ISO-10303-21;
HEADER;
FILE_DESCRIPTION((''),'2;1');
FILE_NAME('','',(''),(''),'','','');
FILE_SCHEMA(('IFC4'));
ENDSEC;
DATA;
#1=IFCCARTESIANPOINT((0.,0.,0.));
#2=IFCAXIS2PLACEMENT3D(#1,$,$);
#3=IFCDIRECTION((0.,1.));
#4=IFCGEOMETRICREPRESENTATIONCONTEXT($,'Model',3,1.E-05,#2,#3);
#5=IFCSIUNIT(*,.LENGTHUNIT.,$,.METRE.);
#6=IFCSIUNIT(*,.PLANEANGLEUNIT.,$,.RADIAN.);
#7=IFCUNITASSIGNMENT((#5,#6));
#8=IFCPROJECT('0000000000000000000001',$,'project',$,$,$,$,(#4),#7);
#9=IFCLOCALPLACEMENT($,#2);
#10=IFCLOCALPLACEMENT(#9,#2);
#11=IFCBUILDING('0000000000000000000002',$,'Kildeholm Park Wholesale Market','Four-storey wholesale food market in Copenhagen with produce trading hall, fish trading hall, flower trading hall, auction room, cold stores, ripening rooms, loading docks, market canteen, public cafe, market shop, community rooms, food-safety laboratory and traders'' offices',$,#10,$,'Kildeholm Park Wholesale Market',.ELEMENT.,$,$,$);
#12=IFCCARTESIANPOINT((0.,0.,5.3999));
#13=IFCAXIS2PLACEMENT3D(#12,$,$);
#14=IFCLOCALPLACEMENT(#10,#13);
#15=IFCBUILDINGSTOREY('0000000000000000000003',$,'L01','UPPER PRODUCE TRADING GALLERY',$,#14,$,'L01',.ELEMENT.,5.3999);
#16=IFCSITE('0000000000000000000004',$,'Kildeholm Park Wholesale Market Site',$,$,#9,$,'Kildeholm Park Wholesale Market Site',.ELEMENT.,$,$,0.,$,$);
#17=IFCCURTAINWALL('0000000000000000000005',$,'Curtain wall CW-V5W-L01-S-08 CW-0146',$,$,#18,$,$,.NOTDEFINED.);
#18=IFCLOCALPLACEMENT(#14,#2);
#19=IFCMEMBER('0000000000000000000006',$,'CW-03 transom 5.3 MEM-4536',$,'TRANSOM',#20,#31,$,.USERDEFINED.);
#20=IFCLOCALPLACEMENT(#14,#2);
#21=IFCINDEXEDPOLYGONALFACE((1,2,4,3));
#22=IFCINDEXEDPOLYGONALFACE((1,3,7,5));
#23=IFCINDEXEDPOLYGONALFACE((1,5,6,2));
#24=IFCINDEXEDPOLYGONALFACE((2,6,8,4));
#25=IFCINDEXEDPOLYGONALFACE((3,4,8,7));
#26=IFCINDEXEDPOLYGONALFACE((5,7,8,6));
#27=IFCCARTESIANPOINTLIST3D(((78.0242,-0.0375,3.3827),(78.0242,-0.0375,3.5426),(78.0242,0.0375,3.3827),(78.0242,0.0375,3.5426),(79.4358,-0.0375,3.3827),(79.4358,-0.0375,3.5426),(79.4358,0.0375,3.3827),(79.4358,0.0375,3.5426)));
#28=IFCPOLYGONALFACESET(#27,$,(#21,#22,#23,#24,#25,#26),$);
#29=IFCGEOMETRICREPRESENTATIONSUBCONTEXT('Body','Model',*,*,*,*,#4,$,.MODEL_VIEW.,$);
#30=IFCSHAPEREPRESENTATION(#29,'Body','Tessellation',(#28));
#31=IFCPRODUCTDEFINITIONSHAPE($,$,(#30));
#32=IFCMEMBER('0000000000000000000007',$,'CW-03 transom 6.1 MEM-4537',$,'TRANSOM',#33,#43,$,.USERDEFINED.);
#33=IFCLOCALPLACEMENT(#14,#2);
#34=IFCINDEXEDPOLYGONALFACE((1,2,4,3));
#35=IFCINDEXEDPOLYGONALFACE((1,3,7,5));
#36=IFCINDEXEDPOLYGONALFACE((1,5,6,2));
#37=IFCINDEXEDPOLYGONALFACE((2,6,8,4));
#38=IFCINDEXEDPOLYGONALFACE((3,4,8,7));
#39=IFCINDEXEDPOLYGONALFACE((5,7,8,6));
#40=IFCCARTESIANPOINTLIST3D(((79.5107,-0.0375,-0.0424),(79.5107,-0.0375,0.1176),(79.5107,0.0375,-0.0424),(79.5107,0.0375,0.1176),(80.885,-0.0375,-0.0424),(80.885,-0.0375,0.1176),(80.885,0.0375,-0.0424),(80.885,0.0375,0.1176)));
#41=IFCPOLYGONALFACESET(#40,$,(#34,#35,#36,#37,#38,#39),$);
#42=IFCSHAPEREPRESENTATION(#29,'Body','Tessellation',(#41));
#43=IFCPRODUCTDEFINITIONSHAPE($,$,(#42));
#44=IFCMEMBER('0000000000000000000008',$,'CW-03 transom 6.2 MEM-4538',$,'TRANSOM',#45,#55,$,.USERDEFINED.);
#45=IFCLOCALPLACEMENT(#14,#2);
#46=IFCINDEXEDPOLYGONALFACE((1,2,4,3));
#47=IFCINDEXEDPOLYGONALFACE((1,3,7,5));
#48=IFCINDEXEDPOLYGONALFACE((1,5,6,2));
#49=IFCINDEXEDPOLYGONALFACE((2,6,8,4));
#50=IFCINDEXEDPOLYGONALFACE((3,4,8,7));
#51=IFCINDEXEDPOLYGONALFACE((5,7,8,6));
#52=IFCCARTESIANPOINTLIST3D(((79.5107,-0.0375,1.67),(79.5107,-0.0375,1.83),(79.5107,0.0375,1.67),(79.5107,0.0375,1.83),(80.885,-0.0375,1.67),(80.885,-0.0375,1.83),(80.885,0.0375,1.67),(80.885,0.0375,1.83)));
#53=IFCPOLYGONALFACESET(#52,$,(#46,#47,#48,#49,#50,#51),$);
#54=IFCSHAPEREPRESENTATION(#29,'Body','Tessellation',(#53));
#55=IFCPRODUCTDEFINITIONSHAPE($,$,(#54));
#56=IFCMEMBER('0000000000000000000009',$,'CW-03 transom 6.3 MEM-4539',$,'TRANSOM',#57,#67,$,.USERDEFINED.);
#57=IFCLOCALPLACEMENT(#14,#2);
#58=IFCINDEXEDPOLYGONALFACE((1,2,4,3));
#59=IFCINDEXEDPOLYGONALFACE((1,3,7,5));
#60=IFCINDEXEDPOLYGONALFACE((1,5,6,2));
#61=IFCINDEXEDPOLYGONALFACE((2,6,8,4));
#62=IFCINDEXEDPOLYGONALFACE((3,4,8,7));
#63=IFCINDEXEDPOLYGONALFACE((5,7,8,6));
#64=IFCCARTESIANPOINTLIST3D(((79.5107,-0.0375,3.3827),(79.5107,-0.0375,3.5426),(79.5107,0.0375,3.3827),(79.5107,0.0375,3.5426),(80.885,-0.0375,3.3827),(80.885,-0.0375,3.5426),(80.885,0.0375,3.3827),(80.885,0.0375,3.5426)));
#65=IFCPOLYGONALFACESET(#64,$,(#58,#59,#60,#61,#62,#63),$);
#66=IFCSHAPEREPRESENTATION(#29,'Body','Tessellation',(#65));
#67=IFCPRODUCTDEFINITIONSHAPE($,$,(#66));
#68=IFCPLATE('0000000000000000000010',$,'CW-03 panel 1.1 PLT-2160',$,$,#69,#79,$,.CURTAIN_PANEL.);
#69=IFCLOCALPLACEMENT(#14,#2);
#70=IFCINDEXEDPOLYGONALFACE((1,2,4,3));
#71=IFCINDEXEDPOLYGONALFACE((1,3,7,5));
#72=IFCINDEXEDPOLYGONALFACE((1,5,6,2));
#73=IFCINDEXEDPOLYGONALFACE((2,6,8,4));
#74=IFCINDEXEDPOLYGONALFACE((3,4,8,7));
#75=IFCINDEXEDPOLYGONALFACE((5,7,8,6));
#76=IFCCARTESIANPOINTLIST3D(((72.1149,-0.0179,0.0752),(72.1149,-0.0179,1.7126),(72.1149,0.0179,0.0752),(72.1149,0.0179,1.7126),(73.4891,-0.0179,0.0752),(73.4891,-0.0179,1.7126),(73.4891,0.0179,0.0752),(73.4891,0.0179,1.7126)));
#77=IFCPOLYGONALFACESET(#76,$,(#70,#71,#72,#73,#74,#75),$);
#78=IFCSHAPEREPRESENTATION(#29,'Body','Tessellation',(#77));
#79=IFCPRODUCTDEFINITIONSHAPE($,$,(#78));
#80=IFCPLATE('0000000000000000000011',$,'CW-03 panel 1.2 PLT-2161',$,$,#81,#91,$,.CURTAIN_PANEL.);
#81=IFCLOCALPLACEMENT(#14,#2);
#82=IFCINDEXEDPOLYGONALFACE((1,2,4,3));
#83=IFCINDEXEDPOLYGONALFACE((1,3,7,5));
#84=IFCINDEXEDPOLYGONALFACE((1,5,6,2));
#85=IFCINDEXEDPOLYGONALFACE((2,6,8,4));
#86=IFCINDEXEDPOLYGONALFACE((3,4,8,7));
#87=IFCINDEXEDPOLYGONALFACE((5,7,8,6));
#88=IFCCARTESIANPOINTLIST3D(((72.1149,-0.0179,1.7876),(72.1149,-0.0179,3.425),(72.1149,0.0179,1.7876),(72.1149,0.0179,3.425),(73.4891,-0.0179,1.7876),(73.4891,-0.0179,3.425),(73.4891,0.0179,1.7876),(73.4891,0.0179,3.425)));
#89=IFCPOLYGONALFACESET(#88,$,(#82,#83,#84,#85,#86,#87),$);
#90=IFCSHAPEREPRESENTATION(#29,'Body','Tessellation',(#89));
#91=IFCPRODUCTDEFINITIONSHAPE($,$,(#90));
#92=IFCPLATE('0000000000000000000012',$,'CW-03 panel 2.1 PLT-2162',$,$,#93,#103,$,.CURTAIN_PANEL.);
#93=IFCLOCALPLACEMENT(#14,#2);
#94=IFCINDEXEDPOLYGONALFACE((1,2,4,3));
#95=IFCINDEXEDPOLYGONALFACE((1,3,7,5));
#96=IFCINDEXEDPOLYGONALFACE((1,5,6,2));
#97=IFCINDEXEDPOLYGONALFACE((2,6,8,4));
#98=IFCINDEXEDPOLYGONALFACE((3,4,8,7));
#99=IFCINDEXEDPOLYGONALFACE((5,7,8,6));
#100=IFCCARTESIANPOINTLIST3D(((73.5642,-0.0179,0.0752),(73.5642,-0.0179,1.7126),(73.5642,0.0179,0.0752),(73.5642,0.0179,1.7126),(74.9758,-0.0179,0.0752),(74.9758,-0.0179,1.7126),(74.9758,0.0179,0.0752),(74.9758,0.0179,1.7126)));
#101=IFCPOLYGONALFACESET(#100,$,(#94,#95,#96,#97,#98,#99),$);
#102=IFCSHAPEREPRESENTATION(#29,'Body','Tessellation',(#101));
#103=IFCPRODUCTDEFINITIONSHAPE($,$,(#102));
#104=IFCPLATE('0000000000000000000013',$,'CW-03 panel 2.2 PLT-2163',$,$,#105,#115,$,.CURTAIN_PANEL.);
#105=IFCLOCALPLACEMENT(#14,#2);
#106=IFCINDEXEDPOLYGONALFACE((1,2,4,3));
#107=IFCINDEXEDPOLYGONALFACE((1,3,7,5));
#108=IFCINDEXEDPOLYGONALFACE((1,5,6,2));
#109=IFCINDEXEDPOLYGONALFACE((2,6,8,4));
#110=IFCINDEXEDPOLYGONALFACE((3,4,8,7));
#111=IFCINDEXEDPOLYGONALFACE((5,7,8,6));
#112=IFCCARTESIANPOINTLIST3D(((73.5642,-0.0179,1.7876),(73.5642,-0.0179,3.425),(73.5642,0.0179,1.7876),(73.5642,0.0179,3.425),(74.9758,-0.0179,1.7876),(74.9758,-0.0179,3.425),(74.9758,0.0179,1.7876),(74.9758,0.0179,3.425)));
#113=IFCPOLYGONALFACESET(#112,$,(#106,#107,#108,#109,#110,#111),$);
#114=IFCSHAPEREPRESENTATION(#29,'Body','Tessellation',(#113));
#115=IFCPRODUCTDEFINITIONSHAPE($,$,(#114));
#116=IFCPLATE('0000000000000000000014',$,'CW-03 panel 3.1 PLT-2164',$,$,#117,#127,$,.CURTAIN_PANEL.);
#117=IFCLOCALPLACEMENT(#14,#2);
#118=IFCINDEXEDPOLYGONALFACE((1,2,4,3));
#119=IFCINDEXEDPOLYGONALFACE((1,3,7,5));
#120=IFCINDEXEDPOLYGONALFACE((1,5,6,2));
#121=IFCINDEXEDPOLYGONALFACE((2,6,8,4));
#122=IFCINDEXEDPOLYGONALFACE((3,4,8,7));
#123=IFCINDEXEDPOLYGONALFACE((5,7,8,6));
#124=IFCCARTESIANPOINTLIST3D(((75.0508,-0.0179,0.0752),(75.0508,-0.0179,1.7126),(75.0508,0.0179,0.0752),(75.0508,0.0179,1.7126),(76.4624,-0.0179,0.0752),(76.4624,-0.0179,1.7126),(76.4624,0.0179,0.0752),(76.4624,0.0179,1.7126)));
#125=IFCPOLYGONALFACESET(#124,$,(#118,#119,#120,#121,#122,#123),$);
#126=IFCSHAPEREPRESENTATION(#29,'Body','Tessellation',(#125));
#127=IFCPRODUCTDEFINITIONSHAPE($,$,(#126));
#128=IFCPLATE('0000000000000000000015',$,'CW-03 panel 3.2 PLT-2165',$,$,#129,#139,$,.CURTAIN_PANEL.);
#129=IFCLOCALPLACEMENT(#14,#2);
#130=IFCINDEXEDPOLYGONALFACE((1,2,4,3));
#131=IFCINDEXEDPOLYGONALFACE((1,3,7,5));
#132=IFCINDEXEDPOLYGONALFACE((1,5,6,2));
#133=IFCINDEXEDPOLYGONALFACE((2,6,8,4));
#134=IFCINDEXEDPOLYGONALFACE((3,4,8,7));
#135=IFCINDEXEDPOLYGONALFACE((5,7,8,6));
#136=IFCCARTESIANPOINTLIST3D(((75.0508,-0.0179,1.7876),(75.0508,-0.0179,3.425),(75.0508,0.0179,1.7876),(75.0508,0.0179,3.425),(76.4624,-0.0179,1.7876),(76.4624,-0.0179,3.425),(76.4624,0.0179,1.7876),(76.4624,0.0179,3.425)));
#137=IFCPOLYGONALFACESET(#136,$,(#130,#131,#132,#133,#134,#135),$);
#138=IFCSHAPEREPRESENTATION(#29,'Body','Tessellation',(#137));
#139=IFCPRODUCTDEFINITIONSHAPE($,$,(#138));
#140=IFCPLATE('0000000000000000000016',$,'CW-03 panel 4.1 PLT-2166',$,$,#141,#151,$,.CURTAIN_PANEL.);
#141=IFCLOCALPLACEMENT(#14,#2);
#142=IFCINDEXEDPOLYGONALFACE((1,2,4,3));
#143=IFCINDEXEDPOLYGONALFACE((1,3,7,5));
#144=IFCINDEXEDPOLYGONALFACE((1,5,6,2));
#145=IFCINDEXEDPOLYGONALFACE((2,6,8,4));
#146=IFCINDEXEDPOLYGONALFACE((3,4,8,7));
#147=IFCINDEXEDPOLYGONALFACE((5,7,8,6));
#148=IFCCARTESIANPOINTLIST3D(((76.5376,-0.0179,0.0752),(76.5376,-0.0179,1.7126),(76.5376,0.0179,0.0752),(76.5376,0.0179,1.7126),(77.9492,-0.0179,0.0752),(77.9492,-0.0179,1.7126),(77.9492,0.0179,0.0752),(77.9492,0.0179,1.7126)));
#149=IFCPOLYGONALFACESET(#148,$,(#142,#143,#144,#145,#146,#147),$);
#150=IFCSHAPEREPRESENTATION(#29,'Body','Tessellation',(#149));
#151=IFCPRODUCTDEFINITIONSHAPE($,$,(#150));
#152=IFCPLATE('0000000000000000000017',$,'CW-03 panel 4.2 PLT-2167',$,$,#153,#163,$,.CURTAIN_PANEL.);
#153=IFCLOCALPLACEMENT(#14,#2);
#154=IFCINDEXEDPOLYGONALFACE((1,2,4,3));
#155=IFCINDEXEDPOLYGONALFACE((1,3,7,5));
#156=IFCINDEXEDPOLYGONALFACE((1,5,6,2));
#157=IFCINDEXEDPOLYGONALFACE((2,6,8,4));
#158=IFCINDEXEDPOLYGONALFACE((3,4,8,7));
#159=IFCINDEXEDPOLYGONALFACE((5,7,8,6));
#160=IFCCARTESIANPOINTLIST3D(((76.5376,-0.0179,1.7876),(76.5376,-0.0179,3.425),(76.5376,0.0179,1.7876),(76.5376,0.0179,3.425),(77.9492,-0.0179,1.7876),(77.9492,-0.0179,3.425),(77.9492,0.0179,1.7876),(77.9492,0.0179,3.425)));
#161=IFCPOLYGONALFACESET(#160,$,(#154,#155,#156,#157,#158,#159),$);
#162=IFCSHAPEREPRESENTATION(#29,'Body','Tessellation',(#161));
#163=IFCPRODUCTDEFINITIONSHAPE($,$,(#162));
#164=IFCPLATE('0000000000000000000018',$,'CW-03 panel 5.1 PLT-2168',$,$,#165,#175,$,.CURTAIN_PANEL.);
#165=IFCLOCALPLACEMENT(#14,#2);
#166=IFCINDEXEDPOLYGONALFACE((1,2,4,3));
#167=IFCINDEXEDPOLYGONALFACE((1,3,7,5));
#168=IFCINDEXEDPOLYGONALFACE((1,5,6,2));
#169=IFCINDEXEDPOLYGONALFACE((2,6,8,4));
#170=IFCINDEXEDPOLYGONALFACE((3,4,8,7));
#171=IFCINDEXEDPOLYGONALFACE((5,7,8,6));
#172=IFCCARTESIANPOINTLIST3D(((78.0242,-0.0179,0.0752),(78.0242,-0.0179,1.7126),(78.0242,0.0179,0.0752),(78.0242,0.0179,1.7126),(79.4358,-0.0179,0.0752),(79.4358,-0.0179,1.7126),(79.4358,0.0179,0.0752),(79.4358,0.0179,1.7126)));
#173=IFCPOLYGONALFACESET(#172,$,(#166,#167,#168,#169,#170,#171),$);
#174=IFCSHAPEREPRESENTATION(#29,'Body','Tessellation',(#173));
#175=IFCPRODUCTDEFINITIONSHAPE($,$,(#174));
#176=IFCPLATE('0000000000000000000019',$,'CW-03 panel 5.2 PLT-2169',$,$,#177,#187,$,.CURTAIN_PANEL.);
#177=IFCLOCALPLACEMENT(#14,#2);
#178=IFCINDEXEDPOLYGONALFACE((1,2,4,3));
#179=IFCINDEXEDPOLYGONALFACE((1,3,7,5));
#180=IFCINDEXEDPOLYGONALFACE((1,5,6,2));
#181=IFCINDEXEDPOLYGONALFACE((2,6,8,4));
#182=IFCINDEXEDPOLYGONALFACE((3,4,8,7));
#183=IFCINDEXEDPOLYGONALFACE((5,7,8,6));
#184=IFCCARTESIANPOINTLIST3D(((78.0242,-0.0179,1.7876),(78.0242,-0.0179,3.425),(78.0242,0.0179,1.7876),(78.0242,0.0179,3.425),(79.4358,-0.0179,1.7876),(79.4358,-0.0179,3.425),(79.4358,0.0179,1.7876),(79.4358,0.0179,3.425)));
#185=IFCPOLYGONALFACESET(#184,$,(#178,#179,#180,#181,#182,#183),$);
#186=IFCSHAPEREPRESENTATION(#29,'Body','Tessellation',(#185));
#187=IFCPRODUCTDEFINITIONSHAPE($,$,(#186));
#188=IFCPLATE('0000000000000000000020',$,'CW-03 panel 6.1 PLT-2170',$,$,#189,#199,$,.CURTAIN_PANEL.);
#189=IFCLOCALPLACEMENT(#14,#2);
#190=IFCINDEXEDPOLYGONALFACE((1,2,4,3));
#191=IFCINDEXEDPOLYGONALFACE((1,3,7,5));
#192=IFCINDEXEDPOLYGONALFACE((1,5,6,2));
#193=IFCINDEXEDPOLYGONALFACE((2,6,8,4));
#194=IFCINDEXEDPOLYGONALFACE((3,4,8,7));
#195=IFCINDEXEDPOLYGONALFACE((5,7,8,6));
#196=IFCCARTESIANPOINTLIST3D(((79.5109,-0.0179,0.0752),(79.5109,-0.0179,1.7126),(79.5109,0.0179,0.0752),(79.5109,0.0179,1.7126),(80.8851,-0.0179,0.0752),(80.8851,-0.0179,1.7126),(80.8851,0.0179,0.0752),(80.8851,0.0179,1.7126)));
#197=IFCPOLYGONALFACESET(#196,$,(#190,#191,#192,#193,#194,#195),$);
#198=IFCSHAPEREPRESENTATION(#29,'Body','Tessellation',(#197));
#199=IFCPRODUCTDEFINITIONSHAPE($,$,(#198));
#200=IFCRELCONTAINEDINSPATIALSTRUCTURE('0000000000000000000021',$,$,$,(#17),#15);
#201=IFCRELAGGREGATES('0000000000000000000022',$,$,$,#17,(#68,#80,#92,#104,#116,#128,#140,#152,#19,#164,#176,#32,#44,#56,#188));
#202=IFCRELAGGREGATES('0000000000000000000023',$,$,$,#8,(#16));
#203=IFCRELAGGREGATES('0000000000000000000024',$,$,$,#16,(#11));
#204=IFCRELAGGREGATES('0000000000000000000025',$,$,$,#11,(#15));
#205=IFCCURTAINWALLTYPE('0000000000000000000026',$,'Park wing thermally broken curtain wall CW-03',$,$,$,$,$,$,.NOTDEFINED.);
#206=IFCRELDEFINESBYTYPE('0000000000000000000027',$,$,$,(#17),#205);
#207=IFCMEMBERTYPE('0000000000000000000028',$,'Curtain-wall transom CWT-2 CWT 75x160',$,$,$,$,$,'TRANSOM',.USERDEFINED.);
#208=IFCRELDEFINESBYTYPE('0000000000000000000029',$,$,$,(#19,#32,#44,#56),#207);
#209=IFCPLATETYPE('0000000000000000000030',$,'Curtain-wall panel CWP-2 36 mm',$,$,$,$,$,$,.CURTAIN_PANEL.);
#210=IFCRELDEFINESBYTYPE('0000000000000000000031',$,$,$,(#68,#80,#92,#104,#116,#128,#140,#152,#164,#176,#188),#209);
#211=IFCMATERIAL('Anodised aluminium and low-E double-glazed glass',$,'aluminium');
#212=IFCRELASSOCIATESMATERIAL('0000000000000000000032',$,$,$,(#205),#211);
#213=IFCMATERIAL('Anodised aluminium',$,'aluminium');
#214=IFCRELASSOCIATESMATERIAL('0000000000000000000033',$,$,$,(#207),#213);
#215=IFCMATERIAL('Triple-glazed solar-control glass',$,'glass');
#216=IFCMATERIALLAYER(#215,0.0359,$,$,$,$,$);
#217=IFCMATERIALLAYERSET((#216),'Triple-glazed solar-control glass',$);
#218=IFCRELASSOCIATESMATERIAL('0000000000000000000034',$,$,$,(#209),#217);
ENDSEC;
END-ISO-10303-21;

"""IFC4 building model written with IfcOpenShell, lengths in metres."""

from ifc_helpers import new_model, si_unit, direction, frame, origin, origin_2d, place, context, subcontext, project, spatial, rectangle, extrude, material, layer, layer_set, material_profile, profile_set, type_object, element, aggregate, save


model = new_model("IFC4")

# Units and contexts
model_context = context("Model", 3, precision=1e-05, world=origin(), true_north=direction((0.0, 1.0)))
body_context = subcontext(model_context, "Body", "Model", "MODEL_VIEW")
ifc_project = project(units=[si_unit("LENGTHUNIT", "METRE"), si_unit("PLANEANGLEUNIT", "RADIAN")], contexts=[model_context])

# Site, building, storey
site_placement = place(None, origin())
site = spatial("IfcSite", under=ifc_project, at=site_placement, Name="Kildeholm Park Wholesale Market Site", LongName="Kildeholm Park Wholesale Market Site", CompositionType="ELEMENT", RefElevation=0.0)
building_placement = place(site_placement, origin())
building = spatial("IfcBuilding", under=site, at=building_placement, Name="Kildeholm Park Wholesale Market", Description="Four-storey wholesale food market in Copenhagen with produce trading hall, fish trading hall, flower trading hall, auction room, cold stores, ripening rooms, loading docks, market canteen, public cafe, market shop, community rooms, food-safety laboratory and traders' offices", LongName="Kildeholm Park Wholesale Market", CompositionType="ELEMENT")
storey_placement = place(building_placement, frame((0.0, 0.0, 5.3999)))
storey = spatial("IfcBuildingStorey", under=building, at=storey_placement, Name="L01", Description="UPPER PRODUCE TRADING GALLERY", LongName="L01", CompositionType="ELEMENT", Elevation=5.3999)

# Curtain wall, members, plates
ifc_material_1 = material(Name="Anodised aluminium and low-E double-glazed glass", Category="aluminium")
curtain_wall_type = type_object("IfcCurtainWallType", Name="Park wing thermally broken curtain wall CW-03", PredefinedType="NOTDEFINED", material=ifc_material_1)
curtain_wall_placement = place(storey_placement, origin())
curtain_wall = element("IfcCurtainWall", 1, at=curtain_wall_placement, inside=storey, type_object=curtain_wall_type, Name="Curtain wall CW-V5W-L01-S-08 CW-0146", PredefinedType="NOTDEFINED")
ifc_material_2 = material(Name="Anodised aluminium", Category="aluminium")
ifc_material_profile_1 = material_profile(ifc_material_2, rectangle(XDim=0.075, YDim=0.1599, at=origin_2d()), Name="CWT 75x160")
ifc_profile_set_1 = profile_set([ifc_material_profile_1], Name="Anodised aluminium")
member_type_1 = type_object("IfcMemberType", Name="Curtain-wall transom CWT-2 CWT 75x160", ElementType="TRANSOM", PredefinedType="USERDEFINED", material=ifc_profile_set_1)
member_1_placement = place(storey_placement, frame((78.0242, 0.0, 3.4626), z_axis=(1.0, 0.0, 0.0), x_axis=(0.0, 1.0, 0.0)))
member_1 = element("IfcMember", 2, at=member_1_placement, type_object=member_type_1, Name="CW-03 transom 5.3 MEM-4536", ObjectType="TRANSOM", PredefinedType="USERDEFINED", context=body_context, shape_type="SweptSolid", body=[
    extrude(rectangle(XDim=0.075, YDim=0.1599, at=origin_2d()), origin(), (0.0, 0.0, 1.0), 1.4116),
])
member_2_placement = place(storey_placement, frame((79.5107, 0.0, 0.0376), z_axis=(1.0, 0.0, 0.0), x_axis=(0.0, 1.0, 0.0)))
member_2 = element("IfcMember", 3, at=member_2_placement, type_object=member_type_1, Name="CW-03 transom 6.1 MEM-4537", ObjectType="TRANSOM", PredefinedType="USERDEFINED", context=body_context, shape_type="SweptSolid", body=[
    extrude(rectangle(XDim=0.075, YDim=0.1599, at=origin_2d()), origin(), (0.0, 0.0, 1.0), 1.3743),
])
member_3_placement = place(storey_placement, frame((79.5107, 0.0, 1.75), z_axis=(1.0, 0.0, 0.0), x_axis=(0.0, 1.0, 0.0)))
member_3 = element("IfcMember", 4, at=member_3_placement, type_object=member_type_1, Name="CW-03 transom 6.2 MEM-4538", ObjectType="TRANSOM", PredefinedType="USERDEFINED", context=body_context, shape_type="SweptSolid", body=[
    extrude(rectangle(XDim=0.075, YDim=0.1599, at=origin_2d()), origin(), (0.0, 0.0, 1.0), 1.3743),
])
member_4_placement = place(storey_placement, frame((79.5107, 0.0, 3.4626), z_axis=(1.0, 0.0, 0.0), x_axis=(0.0, 1.0, 0.0)))
member_4 = element("IfcMember", 5, at=member_4_placement, type_object=member_type_1, Name="CW-03 transom 6.3 MEM-4539", ObjectType="TRANSOM", PredefinedType="USERDEFINED", context=body_context, shape_type="SweptSolid", body=[
    extrude(rectangle(XDim=0.075, YDim=0.1599, at=origin_2d()), origin(), (0.0, 0.0, 1.0), 1.3743),
])
ifc_material_3 = material(Name="Triple-glazed solar-control glass", Category="glass")
ifc_layer = layer(ifc_material_3, 0.0359)
ifc_layer_set = layer_set([ifc_layer], Name="Triple-glazed solar-control glass")
plate_type = type_object("IfcPlateType", Name="Curtain-wall panel CWP-2 36 mm", PredefinedType="CURTAIN_PANEL", material=ifc_layer_set)
plate_1_placement = place(storey_placement, frame((72.802, 0.0, 0.0752), z_axis=(0.0, 0.0, 1.0), x_axis=(1.0, 0.0, 0.0)))
plate_1 = element("IfcPlate", 6, at=plate_1_placement, type_object=plate_type, Name="CW-03 panel 1.1 PLT-2160", PredefinedType="CURTAIN_PANEL", context=body_context, shape_type="SweptSolid", body=[
    extrude(rectangle(XDim=1.3743, YDim=0.0359, at=origin_2d()), origin(), (0.0, 0.0, 1.0), 1.6375),
])
plate_2_placement = place(storey_placement, frame((72.802, 0.0, 1.7876), z_axis=(0.0, 0.0, 1.0), x_axis=(1.0, 0.0, 0.0)))
plate_2 = element("IfcPlate", 7, at=plate_2_placement, type_object=plate_type, Name="CW-03 panel 1.2 PLT-2161", PredefinedType="CURTAIN_PANEL", context=body_context, shape_type="SweptSolid", body=[
    extrude(rectangle(XDim=1.3743, YDim=0.0359, at=origin_2d()), origin(), (0.0, 0.0, 1.0), 1.6375),
])
plate_3_placement = place(storey_placement, frame((74.27, 0.0, 0.0752), z_axis=(0.0, 0.0, 1.0), x_axis=(1.0, 0.0, 0.0)))
plate_3 = element("IfcPlate", 8, at=plate_3_placement, type_object=plate_type, Name="CW-03 panel 2.1 PLT-2162", PredefinedType="CURTAIN_PANEL", context=body_context, shape_type="SweptSolid", body=[
    extrude(rectangle(XDim=1.4116, YDim=0.0359, at=origin_2d()), origin(), (0.0, 0.0, 1.0), 1.6375),
])
plate_4_placement = place(storey_placement, frame((74.27, 0.0, 1.7876), z_axis=(0.0, 0.0, 1.0), x_axis=(1.0, 0.0, 0.0)))
plate_4 = element("IfcPlate", 9, at=plate_4_placement, type_object=plate_type, Name="CW-03 panel 2.2 PLT-2163", PredefinedType="CURTAIN_PANEL", context=body_context, shape_type="SweptSolid", body=[
    extrude(rectangle(XDim=1.4116, YDim=0.0359, at=origin_2d()), origin(), (0.0, 0.0, 1.0), 1.6375),
])
plate_5_placement = place(storey_placement, frame((75.7566, 0.0, 0.0752), z_axis=(0.0, 0.0, 1.0), x_axis=(1.0, 0.0, 0.0)))
plate_5 = element("IfcPlate", 10, at=plate_5_placement, type_object=plate_type, Name="CW-03 panel 3.1 PLT-2164", PredefinedType="CURTAIN_PANEL", context=body_context, shape_type="SweptSolid", body=[
    extrude(rectangle(XDim=1.4116, YDim=0.0359, at=origin_2d()), origin(), (0.0, 0.0, 1.0), 1.6375),
])
plate_6_placement = place(storey_placement, frame((75.7566, 0.0, 1.7876), z_axis=(0.0, 0.0, 1.0), x_axis=(1.0, 0.0, 0.0)))
plate_6 = element("IfcPlate", 11, at=plate_6_placement, type_object=plate_type, Name="CW-03 panel 3.2 PLT-2165", PredefinedType="CURTAIN_PANEL", context=body_context, shape_type="SweptSolid", body=[
    extrude(rectangle(XDim=1.4116, YDim=0.0359, at=origin_2d()), origin(), (0.0, 0.0, 1.0), 1.6375),
])
plate_7_placement = place(storey_placement, frame((77.2434, 0.0, 0.0752), z_axis=(0.0, 0.0, 1.0), x_axis=(1.0, 0.0, 0.0)))
plate_7 = element("IfcPlate", 12, at=plate_7_placement, type_object=plate_type, Name="CW-03 panel 4.1 PLT-2166", PredefinedType="CURTAIN_PANEL", context=body_context, shape_type="SweptSolid", body=[
    extrude(rectangle(XDim=1.4116, YDim=0.0359, at=origin_2d()), origin(), (0.0, 0.0, 1.0), 1.6375),
])
plate_8_placement = place(storey_placement, frame((77.2434, 0.0, 1.7876), z_axis=(0.0, 0.0, 1.0), x_axis=(1.0, 0.0, 0.0)))
plate_8 = element("IfcPlate", 13, at=plate_8_placement, type_object=plate_type, Name="CW-03 panel 4.2 PLT-2167", PredefinedType="CURTAIN_PANEL", context=body_context, shape_type="SweptSolid", body=[
    extrude(rectangle(XDim=1.4116, YDim=0.0359, at=origin_2d()), origin(), (0.0, 0.0, 1.0), 1.6375),
])
plate_9_placement = place(storey_placement, frame((78.73, 0.0, 0.0752), z_axis=(0.0, 0.0, 1.0), x_axis=(1.0, 0.0, 0.0)))
plate_9 = element("IfcPlate", 14, at=plate_9_placement, type_object=plate_type, Name="CW-03 panel 5.1 PLT-2168", PredefinedType="CURTAIN_PANEL", context=body_context, shape_type="SweptSolid", body=[
    extrude(rectangle(XDim=1.4116, YDim=0.0359, at=origin_2d()), origin(), (0.0, 0.0, 1.0), 1.6375),
])
plate_10_placement = place(storey_placement, frame((78.73, 0.0, 1.7876), z_axis=(0.0, 0.0, 1.0), x_axis=(1.0, 0.0, 0.0)))
plate_10 = element("IfcPlate", 15, at=plate_10_placement, type_object=plate_type, Name="CW-03 panel 5.2 PLT-2169", PredefinedType="CURTAIN_PANEL", context=body_context, shape_type="SweptSolid", body=[
    extrude(rectangle(XDim=1.4116, YDim=0.0359, at=origin_2d()), origin(), (0.0, 0.0, 1.0), 1.6375),
])
plate_11_placement = place(storey_placement, frame((80.198, 0.0, 0.0752), z_axis=(0.0, 0.0, 1.0), x_axis=(1.0, 0.0, 0.0)))
plate_11 = element("IfcPlate", 16, at=plate_11_placement, type_object=plate_type, Name="CW-03 panel 6.1 PLT-2170", PredefinedType="CURTAIN_PANEL", context=body_context, shape_type="SweptSolid", body=[
    extrude(rectangle(XDim=1.3743, YDim=0.0359, at=origin_2d()), origin(), (0.0, 0.0, 1.0), 1.6375),
])
aggregate(curtain_wall, [plate_1, plate_2, plate_3, plate_4, plate_5, plate_6, plate_7, plate_8, member_1, plate_9, plate_10, member_2, member_3, member_4, plate_11])

save(model, "model.ifc")
